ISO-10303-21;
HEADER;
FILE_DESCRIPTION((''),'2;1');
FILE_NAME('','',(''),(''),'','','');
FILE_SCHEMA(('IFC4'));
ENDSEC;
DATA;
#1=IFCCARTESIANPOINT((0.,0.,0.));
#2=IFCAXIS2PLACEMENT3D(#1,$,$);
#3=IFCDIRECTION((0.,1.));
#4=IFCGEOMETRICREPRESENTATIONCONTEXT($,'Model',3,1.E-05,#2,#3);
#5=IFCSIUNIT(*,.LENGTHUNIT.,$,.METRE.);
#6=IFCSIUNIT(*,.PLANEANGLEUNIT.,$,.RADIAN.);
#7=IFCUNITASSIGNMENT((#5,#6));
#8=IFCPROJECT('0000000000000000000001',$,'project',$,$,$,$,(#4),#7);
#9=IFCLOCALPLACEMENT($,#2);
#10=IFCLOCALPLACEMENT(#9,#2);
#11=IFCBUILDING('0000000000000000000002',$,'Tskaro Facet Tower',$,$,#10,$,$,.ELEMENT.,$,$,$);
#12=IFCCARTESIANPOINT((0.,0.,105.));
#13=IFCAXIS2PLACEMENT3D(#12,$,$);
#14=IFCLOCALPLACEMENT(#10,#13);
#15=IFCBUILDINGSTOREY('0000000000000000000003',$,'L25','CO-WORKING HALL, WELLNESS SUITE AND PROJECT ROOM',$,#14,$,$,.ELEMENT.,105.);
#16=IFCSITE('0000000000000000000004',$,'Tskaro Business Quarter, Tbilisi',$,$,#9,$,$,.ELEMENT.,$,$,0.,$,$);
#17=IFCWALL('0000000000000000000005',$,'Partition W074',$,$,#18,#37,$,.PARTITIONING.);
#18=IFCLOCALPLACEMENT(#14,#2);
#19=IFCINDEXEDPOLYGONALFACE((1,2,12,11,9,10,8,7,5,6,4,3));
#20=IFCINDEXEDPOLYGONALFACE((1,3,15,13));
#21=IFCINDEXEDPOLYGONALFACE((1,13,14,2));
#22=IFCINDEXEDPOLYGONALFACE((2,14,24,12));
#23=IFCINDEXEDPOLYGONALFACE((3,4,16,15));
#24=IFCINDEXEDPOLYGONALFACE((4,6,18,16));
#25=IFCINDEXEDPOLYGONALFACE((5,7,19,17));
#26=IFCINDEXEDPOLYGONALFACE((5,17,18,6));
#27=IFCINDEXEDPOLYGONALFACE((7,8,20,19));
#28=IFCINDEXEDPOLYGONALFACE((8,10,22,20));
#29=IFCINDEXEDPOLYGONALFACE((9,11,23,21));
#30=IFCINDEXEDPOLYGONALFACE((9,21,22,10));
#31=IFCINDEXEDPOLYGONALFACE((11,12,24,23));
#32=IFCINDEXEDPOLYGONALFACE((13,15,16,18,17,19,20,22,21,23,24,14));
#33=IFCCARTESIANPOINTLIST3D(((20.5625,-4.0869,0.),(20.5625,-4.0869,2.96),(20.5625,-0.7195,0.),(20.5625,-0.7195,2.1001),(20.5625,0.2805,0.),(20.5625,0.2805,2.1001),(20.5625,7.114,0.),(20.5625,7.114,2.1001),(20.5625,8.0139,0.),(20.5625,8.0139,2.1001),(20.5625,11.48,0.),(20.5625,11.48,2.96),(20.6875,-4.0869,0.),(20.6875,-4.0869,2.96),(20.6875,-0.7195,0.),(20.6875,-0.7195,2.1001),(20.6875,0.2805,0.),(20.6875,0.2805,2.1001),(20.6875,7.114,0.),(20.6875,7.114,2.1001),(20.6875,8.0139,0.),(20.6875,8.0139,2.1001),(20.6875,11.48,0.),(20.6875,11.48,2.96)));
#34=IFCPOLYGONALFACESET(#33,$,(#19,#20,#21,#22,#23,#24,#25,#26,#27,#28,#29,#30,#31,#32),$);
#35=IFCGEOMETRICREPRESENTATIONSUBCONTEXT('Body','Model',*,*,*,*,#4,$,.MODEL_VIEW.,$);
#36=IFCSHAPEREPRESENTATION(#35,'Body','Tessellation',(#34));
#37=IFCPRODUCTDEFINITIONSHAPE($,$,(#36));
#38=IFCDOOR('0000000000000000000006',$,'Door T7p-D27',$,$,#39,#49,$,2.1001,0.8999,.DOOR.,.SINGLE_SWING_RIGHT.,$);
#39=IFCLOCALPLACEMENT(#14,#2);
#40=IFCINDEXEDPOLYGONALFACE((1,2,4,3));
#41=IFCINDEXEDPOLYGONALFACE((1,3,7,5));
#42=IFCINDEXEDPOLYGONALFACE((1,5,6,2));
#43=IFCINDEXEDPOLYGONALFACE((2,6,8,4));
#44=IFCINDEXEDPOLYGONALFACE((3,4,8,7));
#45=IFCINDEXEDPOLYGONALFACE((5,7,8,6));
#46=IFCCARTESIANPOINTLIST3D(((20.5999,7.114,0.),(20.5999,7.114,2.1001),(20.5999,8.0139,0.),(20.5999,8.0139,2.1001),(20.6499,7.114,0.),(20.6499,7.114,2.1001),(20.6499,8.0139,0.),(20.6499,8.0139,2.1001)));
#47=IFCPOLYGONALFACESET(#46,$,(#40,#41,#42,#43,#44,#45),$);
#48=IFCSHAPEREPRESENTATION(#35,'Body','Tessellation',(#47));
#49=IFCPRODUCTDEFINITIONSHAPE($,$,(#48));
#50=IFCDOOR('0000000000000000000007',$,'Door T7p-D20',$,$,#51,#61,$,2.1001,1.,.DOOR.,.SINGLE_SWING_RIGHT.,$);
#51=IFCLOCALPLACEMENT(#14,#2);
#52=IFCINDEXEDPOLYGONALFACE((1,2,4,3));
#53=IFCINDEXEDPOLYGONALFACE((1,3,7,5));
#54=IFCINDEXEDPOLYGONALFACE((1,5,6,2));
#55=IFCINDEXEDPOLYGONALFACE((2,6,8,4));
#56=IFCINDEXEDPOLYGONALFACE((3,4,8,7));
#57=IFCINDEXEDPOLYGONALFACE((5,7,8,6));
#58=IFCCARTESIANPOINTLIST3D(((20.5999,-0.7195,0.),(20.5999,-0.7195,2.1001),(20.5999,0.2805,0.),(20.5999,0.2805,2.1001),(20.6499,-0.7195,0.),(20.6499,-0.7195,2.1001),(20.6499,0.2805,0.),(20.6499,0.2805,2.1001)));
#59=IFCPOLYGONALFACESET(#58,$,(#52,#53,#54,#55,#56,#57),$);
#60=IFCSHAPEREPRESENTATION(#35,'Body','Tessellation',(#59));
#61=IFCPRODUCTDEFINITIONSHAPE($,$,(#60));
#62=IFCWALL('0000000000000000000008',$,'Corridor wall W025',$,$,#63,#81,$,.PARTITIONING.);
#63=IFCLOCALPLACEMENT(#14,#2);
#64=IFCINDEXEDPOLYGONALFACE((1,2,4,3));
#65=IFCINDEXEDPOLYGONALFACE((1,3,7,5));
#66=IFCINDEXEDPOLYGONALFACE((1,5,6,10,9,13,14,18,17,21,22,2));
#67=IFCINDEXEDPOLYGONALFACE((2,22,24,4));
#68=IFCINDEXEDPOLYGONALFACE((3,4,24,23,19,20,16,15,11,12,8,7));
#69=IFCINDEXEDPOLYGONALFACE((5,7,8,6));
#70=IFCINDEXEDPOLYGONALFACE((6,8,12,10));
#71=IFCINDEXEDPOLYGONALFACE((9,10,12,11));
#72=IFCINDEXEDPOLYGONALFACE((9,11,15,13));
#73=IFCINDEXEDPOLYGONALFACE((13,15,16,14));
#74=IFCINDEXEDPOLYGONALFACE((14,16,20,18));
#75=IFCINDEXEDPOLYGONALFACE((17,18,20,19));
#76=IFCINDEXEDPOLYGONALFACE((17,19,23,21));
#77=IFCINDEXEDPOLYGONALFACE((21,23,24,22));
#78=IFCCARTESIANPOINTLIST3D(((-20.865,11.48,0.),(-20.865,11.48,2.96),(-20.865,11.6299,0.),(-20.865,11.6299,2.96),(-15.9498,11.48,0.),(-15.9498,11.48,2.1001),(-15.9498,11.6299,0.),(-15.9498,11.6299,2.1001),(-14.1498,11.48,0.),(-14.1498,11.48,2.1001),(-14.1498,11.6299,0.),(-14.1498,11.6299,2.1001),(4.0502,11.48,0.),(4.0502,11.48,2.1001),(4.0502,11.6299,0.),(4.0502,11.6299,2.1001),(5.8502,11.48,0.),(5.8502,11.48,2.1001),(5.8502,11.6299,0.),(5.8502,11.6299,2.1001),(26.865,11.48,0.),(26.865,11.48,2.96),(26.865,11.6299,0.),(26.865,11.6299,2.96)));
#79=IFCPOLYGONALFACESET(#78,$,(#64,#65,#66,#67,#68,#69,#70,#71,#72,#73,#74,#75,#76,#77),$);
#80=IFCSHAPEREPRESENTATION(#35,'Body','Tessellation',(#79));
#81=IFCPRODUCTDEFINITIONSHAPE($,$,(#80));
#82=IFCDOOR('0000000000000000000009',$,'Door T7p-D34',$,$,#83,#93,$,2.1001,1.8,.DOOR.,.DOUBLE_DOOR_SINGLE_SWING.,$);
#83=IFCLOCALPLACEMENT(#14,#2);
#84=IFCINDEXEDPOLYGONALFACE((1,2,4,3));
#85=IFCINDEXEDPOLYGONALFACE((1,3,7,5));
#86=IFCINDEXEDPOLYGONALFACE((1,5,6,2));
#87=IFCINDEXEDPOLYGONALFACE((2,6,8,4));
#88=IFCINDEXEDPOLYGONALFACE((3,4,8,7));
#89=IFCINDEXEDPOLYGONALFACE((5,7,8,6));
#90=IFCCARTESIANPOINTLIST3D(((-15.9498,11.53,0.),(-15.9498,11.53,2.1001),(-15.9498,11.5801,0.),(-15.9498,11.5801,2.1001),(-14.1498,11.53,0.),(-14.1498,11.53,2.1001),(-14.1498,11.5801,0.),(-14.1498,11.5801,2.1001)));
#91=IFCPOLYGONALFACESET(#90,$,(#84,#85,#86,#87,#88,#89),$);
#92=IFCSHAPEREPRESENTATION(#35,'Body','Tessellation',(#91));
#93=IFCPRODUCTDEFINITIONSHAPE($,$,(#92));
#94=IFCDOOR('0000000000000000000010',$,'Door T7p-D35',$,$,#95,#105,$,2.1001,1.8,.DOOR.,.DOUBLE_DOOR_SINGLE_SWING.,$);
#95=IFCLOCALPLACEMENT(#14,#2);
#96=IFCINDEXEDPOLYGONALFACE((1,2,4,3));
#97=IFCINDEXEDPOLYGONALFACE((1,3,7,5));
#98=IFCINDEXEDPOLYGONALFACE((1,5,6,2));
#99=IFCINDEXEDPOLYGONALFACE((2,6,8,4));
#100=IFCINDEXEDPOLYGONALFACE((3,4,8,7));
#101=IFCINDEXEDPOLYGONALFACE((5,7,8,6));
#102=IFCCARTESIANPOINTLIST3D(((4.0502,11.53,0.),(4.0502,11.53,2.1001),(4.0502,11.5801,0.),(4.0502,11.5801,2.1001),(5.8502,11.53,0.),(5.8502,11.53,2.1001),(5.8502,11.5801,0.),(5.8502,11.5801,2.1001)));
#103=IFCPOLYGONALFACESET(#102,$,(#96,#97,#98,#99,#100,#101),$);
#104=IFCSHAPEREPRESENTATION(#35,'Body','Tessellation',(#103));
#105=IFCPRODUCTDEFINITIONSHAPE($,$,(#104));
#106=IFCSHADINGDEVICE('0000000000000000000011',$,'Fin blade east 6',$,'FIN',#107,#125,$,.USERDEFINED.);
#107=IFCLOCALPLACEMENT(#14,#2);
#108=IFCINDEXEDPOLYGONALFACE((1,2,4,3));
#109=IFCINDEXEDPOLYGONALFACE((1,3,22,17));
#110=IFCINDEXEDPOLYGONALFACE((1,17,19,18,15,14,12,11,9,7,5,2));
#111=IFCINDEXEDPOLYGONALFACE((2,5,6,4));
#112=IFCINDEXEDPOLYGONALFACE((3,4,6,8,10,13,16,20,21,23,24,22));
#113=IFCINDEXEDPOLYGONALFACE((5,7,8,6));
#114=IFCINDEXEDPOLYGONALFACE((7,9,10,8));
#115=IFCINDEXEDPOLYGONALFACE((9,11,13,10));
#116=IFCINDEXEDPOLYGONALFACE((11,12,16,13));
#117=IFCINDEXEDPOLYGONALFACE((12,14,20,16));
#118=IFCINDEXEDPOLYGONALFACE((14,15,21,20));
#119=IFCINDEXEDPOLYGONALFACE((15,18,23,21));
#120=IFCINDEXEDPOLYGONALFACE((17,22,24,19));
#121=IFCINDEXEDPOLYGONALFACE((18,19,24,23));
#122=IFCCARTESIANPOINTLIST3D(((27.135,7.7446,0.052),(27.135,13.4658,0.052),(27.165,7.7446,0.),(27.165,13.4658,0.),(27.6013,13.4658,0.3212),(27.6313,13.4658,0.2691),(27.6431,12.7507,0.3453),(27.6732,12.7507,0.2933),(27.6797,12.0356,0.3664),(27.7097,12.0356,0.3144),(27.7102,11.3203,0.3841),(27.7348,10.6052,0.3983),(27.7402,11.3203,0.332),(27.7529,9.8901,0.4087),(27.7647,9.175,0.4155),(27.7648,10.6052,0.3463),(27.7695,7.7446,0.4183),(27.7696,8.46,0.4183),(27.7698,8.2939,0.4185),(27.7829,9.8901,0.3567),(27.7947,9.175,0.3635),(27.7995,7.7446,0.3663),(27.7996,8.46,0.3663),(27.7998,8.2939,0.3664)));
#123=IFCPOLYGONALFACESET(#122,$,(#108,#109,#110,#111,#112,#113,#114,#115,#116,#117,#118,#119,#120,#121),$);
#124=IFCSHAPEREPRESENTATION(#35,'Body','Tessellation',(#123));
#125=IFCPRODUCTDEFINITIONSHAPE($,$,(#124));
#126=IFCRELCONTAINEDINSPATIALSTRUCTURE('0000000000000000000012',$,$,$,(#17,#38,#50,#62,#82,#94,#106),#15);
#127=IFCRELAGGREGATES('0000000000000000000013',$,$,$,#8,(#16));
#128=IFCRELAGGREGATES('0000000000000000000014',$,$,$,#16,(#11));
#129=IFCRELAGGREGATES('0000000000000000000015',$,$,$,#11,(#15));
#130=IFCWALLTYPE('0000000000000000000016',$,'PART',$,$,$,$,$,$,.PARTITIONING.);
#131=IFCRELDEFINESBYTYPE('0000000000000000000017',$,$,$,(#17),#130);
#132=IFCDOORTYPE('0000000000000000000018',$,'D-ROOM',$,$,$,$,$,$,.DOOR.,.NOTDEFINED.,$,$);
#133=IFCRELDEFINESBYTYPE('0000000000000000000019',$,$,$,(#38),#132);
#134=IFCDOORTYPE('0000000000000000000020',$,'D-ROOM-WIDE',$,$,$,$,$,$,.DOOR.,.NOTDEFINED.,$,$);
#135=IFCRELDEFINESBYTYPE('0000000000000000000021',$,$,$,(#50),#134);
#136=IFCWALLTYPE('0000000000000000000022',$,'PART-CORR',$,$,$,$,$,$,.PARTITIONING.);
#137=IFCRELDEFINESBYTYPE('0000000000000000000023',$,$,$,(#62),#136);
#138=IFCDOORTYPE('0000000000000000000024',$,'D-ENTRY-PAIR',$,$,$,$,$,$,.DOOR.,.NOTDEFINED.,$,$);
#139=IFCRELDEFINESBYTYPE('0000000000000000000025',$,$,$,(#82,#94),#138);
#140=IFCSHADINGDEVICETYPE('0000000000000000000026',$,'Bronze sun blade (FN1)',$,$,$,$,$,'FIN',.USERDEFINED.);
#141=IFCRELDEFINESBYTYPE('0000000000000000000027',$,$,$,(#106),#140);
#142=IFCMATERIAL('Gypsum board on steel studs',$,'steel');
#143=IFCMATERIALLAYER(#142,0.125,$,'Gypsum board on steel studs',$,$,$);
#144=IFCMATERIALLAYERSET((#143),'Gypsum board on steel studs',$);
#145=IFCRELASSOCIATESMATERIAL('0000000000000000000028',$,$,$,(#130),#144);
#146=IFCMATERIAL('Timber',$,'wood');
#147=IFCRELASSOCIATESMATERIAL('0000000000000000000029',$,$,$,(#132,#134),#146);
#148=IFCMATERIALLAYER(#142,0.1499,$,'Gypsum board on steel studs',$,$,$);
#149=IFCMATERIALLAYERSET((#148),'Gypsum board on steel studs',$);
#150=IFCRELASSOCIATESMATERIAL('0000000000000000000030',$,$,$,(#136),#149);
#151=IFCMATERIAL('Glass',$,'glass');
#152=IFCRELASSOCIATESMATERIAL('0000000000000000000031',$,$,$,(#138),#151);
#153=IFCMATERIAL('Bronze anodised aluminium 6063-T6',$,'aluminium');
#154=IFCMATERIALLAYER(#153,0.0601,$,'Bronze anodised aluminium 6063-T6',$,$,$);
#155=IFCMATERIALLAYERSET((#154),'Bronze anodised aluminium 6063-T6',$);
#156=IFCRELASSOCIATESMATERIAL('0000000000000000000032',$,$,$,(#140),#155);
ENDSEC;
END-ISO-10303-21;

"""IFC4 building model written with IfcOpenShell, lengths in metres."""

from ifc_helpers import new_model, si_unit, direction, frame, frame_2d, origin, place, context, subcontext, project, spatial, polyline, rectangle, outline, extrude, material, layer, layer_set, type_object, element, fill, save


model = new_model("IFC4")

# Units and contexts
model_context = context("Model", 3, precision=1e-05, world=origin(), true_north=direction((0.0, 1.0)))
body_context = subcontext(model_context, "Body", "Model", "MODEL_VIEW")
ifc_project = project(units=[si_unit("LENGTHUNIT", "METRE"), si_unit("PLANEANGLEUNIT", "RADIAN")], contexts=[model_context])

# Site, building, storey
site_placement = place(None, origin())
site = spatial("IfcSite", under=ifc_project, at=site_placement, Name="Tskaro Business Quarter, Tbilisi", CompositionType="ELEMENT", RefElevation=0.0)
building_placement = place(site_placement, origin())
building = spatial("IfcBuilding", under=site, at=building_placement, Name="Tskaro Facet Tower", CompositionType="ELEMENT")
storey_placement = place(building_placement, frame((0.0, 0.0, 105.0)))
storey = spatial("IfcBuildingStorey", under=building, at=storey_placement, Name="L25", Description="CO-WORKING HALL, WELLNESS SUITE AND PROJECT ROOM", CompositionType="ELEMENT", Elevation=105.0)

# Shared definitions
ifc_material_1 = material(Name="Bronze anodised aluminium 6063-T6", Category="aluminium")

# Shared definitions
ifc_material_2 = material(Name="Gypsum board on steel studs", Category="steel")
ifc_layer_1 = layer(ifc_material_2, 0.125, Name="Gypsum board on steel studs")
ifc_layer_set_1 = layer_set([ifc_layer_1], Name="Gypsum board on steel studs")
wall_type_1 = type_object("IfcWallType", Name="PART", PredefinedType="PARTITIONING", material=ifc_layer_set_1)

# Walls, openings, doors
wall_1_placement = place(storey_placement, frame((20.625, 11.48, 0.0), z_axis=(0.0, 0.0, 1.0), x_axis=(0.0, -1.0, 0.0)))
wall_1 = element("IfcWall", 1, at=wall_1_placement, inside=storey, type_object=wall_type_1, Name="Partition W074", PredefinedType="PARTITIONING", context=body_context, shape_type="SweptSolid", body=[
    extrude(rectangle(XDim=15.5669, YDim=0.125, at=frame_2d((7.7834, 0.0))), origin(), (0.0, 0.0, 1.0), 2.96),
])
opening_1_placement = place(wall_1_placement, frame((11.1995, 0.0, 0.0)))
opening_1 = element("IfcOpeningElement", 2, at=opening_1_placement, cuts=wall_1, PredefinedType="OPENING", context=body_context, shape_type="SweptSolid", body=[
    extrude(rectangle(XDim=1.0, YDim=2.1001, at=frame_2d((0.5, 1.05))), frame((0.0, 0.0725, 0.0), z_axis=(0.0, -1.0, 0.0), x_axis=(1.0, 0.0, 0.0)), (0.0, 0.0, 1.0), 0.145),
])
opening_2_placement = place(wall_1_placement, frame((3.4661, 0.0, 0.0)))
opening_2 = element("IfcOpeningElement", 3, at=opening_2_placement, cuts=wall_1, PredefinedType="OPENING", context=body_context, shape_type="SweptSolid", body=[
    extrude(rectangle(XDim=0.8999, YDim=2.1001, at=frame_2d((0.45, 1.05))), frame((0.0, 0.0725, 0.0), z_axis=(0.0, -1.0, 0.0), x_axis=(1.0, 0.0, 0.0)), (0.0, 0.0, 1.0), 0.145),
])
ifc_material_3 = material(Name="Timber", Category="wood")
door_type_1 = type_object("IfcDoorType", Name="D-ROOM", OperationType="NOTDEFINED", PredefinedType="DOOR", material=ifc_material_3)
door_1_placement = place(opening_2_placement, origin())
door_1 = element("IfcDoor", 4, at=door_1_placement, inside=storey, type_object=door_type_1, Name="Door T7p-D27", OperationType="SINGLE_SWING_RIGHT", OverallHeight=2.1001, OverallWidth=0.8999, PredefinedType="DOOR", context=body_context, shape_type="SweptSolid", body=[
    extrude(rectangle(XDim=0.8999, YDim=2.1001, at=frame_2d((0.45, 1.05))), frame((0.0, 0.0249, 0.0), z_axis=(0.0, -1.0, 0.0), x_axis=(1.0, 0.0, 0.0)), (0.0, 0.0, 1.0), 0.05),
])
fill(opening_2, door_1)
door_type_2 = type_object("IfcDoorType", Name="D-ROOM-WIDE", OperationType="NOTDEFINED", PredefinedType="DOOR", material=ifc_material_3)
door_2_placement = place(opening_1_placement, origin())
door_2 = element("IfcDoor", 5, at=door_2_placement, inside=storey, type_object=door_type_2, Name="Door T7p-D20", OperationType="SINGLE_SWING_RIGHT", OverallHeight=2.1001, OverallWidth=1.0, PredefinedType="DOOR", context=body_context, shape_type="SweptSolid", body=[
    extrude(rectangle(XDim=1.0, YDim=2.1001, at=frame_2d((0.5, 1.05))), frame((0.0, 0.0249, 0.0), z_axis=(0.0, -1.0, 0.0), x_axis=(1.0, 0.0, 0.0)), (0.0, 0.0, 1.0), 0.05),
])
fill(opening_1, door_2)
ifc_layer_2 = layer(ifc_material_2, 0.1499, Name="Gypsum board on steel studs")
ifc_layer_set_2 = layer_set([ifc_layer_2], Name="Gypsum board on steel studs")
wall_type_2 = type_object("IfcWallType", Name="PART-CORR", PredefinedType="PARTITIONING", material=ifc_layer_set_2)
wall_2_placement = place(storey_placement, frame((26.865, 11.5549, 0.0), z_axis=(0.0, 0.0, 1.0), x_axis=(-1.0, 0.0, 0.0)))
wall_2 = element("IfcWall", 6, at=wall_2_placement, inside=storey, type_object=wall_type_2, Name="Corridor wall W025", PredefinedType="PARTITIONING", context=body_context, shape_type="SweptSolid", body=[
    extrude(rectangle(XDim=47.73, YDim=0.1499, at=frame_2d((23.865, 0.0))), origin(), (0.0, 0.0, 1.0), 2.96),
])
opening_3_placement = place(wall_2_placement, frame((41.0149, 0.0, 0.0)))
opening_3 = element("IfcOpeningElement", 7, at=opening_3_placement, cuts=wall_2, PredefinedType="OPENING", context=body_context, shape_type="SweptSolid", body=[
    extrude(rectangle(XDim=1.8, YDim=2.1001, at=frame_2d((0.8999, 1.05))), frame((0.0, 0.085, 0.0), z_axis=(0.0, -1.0, 0.0), x_axis=(1.0, 0.0, 0.0)), (0.0, 0.0, 1.0), 0.1699),
])
opening_4_placement = place(wall_2_placement, frame((21.0149, 0.0, 0.0)))
opening_4 = element("IfcOpeningElement", 8, at=opening_4_placement, cuts=wall_2, PredefinedType="OPENING", context=body_context, shape_type="SweptSolid", body=[
    extrude(rectangle(XDim=1.8, YDim=2.1001, at=frame_2d((0.8999, 1.05))), frame((0.0, 0.085, 0.0), z_axis=(0.0, -1.0, 0.0), x_axis=(1.0, 0.0, 0.0)), (0.0, 0.0, 1.0), 0.1699),
])
ifc_material_4 = material(Name="Glass", Category="glass")
door_type_3 = type_object("IfcDoorType", Name="D-ENTRY-PAIR", OperationType="NOTDEFINED", PredefinedType="DOOR", material=ifc_material_4)
door_3_placement = place(opening_3_placement, origin())
door_3 = element("IfcDoor", 9, at=door_3_placement, inside=storey, type_object=door_type_3, Name="Door T7p-D34", OperationType="DOUBLE_DOOR_SINGLE_SWING", OverallHeight=2.1001, OverallWidth=1.8, PredefinedType="DOOR", context=body_context, shape_type="SweptSolid", body=[
    extrude(rectangle(XDim=1.8, YDim=2.1001, at=frame_2d((0.8999, 1.05))), frame((0.0, 0.0249, 0.0), z_axis=(0.0, -1.0, 0.0), x_axis=(1.0, 0.0, 0.0)), (0.0, 0.0, 1.0), 0.05),
])
fill(opening_3, door_3)
door_4_placement = place(opening_4_placement, origin())
door_4 = element("IfcDoor", 10, at=door_4_placement, inside=storey, type_object=door_type_3, Name="Door T7p-D35", OperationType="DOUBLE_DOOR_SINGLE_SWING", OverallHeight=2.1001, OverallWidth=1.8, PredefinedType="DOOR", context=body_context, shape_type="SweptSolid", body=[
    extrude(rectangle(XDim=1.8, YDim=2.1001, at=frame_2d((0.8999, 1.05))), frame((0.0, 0.0249, 0.0), z_axis=(0.0, -1.0, 0.0), x_axis=(1.0, 0.0, 0.0)), (0.0, 0.0, 1.0), 0.05),
])
fill(opening_4, door_4)

# Shading device
ifc_layer_3 = layer(ifc_material_1, 0.0601, Name="Bronze anodised aluminium 6063-T6")
ifc_layer_set_3 = layer_set([ifc_layer_3], Name="Bronze anodised aluminium 6063-T6")
shading_device_type = type_object("IfcShadingDeviceType", Name="Bronze sun blade (FN1)", ElementType="FIN", PredefinedType="USERDEFINED", material=ifc_layer_set_3)
shading_device_1_placement = place(storey_placement, frame((27.135, 7.7446, 0.052), z_axis=(-0.499969, 0.000001, 0.866044), x_axis=(0.000001, 1.0, -0.000001)))
element("IfcShadingDevice", 11, at=shading_device_1_placement, inside=storey, type_object=shading_device_type, Name="Fin blade east 6", ObjectType="FIN", PredefinedType="USERDEFINED", context=body_context, shape_type="SweptSolid", body=[
    extrude(outline(polyline([(0.0, 0.0), (5.7212, 0.0), (5.7212, -0.5384), (5.0061, -0.5867), (4.291, -0.6289), (3.5757, -0.6641), (2.8606, -0.6926), (2.1455, -0.7135), (1.4304, -0.727), (0.7153, -0.7327), (0.5493, -0.733), (0.0, -0.7326), (0.0, 0.0)])), origin(), (0.0, 0.0, -1.0), 0.0601),
])

save(model, "model.ifc")
